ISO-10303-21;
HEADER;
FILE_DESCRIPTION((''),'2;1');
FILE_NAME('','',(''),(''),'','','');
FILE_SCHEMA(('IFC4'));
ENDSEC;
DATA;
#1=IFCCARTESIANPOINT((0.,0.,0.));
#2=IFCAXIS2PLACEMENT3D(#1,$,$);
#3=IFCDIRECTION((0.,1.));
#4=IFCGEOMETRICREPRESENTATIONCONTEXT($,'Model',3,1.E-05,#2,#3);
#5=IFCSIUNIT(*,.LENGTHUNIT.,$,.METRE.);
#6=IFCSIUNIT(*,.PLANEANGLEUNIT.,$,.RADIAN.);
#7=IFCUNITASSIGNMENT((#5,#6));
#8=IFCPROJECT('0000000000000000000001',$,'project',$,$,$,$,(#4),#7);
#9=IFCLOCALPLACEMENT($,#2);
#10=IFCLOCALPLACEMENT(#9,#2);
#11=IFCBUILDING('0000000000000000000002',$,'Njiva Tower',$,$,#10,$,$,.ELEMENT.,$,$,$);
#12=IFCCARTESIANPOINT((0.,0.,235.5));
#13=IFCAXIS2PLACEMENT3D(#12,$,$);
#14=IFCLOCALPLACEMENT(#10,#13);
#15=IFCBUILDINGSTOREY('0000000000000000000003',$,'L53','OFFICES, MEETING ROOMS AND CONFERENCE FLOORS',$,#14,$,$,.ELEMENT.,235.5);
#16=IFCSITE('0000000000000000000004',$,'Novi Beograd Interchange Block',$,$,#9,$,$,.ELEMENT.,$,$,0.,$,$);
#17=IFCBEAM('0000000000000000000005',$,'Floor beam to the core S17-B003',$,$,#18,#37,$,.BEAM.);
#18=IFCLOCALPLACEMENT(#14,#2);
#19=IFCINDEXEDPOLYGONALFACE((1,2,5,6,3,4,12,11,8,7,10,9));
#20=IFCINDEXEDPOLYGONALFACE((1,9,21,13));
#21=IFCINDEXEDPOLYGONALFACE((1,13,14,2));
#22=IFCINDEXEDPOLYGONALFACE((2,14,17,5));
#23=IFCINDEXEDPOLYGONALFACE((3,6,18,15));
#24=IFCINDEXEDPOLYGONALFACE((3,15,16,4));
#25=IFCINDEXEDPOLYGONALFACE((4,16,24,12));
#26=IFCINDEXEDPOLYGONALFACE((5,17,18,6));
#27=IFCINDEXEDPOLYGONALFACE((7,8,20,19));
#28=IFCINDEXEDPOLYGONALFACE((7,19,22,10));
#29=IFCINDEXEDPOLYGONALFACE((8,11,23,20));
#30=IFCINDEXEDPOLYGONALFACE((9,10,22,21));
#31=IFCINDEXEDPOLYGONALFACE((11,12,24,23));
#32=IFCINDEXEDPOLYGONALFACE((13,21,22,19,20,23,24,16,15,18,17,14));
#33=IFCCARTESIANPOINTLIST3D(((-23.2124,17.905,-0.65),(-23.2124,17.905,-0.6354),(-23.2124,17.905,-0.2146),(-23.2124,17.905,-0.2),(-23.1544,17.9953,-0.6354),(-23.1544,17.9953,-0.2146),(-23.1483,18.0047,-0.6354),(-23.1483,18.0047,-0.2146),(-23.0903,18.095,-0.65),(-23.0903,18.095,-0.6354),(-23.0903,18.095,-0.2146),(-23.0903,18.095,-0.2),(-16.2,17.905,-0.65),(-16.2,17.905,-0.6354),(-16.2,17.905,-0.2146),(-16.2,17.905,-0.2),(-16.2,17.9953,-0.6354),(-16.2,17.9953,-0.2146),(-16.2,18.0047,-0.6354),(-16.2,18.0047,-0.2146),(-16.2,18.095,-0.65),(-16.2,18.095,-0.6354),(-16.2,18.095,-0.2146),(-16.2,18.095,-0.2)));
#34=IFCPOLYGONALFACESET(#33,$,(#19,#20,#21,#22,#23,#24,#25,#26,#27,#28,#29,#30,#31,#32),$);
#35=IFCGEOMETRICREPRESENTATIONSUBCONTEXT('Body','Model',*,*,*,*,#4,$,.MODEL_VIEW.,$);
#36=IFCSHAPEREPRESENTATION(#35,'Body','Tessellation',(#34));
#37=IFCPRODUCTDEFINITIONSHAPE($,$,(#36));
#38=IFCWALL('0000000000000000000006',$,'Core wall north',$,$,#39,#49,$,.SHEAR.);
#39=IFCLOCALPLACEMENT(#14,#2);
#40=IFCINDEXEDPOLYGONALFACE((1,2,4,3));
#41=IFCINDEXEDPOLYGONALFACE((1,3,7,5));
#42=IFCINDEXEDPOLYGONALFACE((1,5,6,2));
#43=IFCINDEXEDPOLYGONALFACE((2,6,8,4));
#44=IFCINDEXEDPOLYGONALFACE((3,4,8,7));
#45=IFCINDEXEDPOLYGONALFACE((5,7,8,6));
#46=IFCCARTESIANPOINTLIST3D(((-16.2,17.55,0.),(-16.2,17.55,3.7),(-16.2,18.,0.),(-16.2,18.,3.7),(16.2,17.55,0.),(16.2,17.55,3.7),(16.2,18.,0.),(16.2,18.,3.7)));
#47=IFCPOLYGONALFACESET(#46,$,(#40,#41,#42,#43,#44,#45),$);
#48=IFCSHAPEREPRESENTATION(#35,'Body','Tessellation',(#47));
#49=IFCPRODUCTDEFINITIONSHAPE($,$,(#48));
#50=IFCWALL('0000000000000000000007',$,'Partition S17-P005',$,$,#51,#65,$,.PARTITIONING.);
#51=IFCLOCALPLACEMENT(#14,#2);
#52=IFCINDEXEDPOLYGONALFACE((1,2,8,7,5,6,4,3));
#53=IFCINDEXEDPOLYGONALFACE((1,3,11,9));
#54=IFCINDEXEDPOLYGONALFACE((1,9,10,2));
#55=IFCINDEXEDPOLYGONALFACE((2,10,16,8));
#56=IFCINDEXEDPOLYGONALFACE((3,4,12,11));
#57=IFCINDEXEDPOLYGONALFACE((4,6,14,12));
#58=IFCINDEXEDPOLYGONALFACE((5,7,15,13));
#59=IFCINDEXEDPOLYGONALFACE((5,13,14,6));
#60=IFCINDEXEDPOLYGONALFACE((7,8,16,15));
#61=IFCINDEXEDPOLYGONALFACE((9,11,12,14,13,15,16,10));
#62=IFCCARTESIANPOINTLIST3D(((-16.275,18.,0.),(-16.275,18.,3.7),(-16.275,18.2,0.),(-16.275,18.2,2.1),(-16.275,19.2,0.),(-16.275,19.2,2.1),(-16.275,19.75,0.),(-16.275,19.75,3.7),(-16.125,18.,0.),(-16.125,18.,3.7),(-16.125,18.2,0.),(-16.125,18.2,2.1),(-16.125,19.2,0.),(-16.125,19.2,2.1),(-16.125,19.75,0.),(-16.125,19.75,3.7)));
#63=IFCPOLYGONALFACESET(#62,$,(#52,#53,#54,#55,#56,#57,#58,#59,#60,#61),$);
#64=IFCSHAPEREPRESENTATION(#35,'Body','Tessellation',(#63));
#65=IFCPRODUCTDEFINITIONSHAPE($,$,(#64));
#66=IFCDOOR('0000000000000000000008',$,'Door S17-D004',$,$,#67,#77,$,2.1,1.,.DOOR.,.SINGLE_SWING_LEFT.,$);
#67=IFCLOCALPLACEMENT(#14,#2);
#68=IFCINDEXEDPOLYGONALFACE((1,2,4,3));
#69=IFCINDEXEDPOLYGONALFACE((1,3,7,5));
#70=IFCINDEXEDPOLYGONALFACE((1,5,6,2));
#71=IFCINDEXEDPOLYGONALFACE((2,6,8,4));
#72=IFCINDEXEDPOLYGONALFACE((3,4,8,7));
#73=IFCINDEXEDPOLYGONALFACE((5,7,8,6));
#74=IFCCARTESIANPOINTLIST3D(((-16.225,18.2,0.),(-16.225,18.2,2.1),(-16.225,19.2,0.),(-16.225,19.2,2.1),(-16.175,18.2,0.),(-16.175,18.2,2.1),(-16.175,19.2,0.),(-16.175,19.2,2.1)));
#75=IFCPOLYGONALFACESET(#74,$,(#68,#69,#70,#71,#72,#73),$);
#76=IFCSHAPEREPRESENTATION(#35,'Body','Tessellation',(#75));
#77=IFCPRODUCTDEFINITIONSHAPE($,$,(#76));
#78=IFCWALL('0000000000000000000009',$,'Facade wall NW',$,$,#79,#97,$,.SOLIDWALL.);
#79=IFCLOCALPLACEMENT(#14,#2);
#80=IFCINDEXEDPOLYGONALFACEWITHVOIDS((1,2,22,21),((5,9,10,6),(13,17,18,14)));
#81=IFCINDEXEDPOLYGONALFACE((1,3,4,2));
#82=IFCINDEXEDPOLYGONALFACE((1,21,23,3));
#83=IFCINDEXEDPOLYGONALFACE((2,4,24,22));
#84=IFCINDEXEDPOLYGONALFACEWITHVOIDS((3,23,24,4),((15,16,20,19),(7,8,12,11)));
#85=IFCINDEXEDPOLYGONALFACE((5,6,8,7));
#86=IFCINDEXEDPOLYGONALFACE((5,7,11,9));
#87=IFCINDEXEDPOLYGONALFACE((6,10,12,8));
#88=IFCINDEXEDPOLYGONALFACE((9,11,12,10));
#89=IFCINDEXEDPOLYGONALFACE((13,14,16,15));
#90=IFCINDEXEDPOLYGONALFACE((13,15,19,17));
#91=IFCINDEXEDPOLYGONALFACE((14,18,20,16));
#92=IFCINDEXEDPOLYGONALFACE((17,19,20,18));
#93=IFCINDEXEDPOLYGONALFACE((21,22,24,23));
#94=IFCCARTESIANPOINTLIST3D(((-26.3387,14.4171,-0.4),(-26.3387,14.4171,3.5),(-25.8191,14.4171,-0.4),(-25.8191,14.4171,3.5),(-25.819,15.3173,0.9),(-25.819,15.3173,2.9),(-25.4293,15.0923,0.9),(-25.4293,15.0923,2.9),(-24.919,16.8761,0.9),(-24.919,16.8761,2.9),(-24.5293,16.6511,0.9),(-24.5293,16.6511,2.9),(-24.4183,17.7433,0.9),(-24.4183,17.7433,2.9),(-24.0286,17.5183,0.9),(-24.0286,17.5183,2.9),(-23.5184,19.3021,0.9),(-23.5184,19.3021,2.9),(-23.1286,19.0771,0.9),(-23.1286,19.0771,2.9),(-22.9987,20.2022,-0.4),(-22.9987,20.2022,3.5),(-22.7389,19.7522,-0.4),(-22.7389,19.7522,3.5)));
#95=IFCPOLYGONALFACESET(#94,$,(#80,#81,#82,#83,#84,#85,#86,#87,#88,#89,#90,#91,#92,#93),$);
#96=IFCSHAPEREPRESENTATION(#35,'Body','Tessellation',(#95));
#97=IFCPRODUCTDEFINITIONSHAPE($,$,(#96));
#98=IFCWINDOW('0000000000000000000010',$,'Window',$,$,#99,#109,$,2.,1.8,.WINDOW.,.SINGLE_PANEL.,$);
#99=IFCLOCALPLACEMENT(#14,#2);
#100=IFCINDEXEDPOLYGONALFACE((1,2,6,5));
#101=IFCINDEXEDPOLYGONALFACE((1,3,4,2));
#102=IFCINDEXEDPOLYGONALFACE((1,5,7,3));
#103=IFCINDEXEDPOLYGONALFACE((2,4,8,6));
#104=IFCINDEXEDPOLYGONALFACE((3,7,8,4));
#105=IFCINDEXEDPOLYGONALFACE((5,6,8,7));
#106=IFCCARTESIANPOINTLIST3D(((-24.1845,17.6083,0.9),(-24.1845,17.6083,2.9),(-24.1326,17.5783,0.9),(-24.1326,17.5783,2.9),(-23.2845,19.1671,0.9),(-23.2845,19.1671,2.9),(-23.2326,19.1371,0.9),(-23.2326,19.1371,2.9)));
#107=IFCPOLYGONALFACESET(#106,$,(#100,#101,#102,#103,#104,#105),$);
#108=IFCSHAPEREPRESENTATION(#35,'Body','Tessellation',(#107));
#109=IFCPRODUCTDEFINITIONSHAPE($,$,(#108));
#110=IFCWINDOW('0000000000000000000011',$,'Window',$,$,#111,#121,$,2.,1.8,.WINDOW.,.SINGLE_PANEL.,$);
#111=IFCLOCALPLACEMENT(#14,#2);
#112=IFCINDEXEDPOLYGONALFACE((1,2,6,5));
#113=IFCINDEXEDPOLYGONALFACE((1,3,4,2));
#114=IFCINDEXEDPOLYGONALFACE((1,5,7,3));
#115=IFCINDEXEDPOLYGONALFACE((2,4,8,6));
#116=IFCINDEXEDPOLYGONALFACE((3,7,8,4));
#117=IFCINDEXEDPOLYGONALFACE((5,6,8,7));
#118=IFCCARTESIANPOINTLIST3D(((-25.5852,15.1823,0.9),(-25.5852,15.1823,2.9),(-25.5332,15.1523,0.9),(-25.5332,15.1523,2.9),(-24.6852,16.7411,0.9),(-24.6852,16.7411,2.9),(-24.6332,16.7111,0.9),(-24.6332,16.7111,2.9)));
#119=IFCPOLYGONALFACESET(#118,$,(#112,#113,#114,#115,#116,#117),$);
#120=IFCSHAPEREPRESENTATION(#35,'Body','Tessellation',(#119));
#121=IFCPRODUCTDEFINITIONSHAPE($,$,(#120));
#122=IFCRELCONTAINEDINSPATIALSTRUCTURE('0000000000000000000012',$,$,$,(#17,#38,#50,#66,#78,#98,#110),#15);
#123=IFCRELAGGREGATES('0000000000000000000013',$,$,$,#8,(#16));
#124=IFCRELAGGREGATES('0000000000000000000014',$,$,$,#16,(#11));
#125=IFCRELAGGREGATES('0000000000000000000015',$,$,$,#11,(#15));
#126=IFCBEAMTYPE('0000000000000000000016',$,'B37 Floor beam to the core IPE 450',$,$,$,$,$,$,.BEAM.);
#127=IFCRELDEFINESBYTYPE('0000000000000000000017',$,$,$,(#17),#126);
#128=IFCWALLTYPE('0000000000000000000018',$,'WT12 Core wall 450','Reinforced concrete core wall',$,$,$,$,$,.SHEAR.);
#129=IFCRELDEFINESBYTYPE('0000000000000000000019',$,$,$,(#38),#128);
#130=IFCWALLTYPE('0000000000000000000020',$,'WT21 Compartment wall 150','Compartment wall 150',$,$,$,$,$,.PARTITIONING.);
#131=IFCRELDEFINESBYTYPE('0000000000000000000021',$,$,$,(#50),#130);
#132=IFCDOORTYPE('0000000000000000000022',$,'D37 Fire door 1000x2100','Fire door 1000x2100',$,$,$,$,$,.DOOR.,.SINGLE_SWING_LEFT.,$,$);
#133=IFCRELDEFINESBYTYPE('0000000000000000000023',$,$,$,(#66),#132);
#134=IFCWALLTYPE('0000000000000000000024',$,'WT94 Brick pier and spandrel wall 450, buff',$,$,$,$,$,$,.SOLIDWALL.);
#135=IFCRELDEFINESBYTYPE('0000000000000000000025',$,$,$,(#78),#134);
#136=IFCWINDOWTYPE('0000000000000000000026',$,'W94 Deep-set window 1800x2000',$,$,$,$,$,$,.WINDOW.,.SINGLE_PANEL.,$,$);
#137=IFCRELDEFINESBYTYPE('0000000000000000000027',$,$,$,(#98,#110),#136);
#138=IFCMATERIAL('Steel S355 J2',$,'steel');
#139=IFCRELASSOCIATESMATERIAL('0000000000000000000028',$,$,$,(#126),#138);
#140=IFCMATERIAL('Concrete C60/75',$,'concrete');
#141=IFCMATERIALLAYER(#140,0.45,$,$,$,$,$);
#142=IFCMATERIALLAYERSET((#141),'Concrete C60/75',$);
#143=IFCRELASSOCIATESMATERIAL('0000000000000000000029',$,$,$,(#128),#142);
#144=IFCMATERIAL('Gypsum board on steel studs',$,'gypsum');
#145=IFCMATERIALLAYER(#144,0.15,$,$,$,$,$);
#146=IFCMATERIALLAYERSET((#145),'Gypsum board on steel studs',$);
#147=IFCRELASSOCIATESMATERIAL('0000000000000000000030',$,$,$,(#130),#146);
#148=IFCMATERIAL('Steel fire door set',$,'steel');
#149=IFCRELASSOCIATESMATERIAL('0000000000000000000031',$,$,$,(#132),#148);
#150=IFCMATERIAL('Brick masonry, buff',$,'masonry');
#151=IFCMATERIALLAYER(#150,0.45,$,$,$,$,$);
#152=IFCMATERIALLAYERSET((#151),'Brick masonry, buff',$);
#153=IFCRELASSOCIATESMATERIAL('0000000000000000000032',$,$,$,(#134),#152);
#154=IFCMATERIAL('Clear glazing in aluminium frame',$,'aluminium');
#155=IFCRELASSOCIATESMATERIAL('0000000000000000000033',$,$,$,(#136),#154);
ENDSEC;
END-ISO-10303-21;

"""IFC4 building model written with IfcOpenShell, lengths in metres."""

from ifc_helpers import new_model, si_unit, direction, frame, frame_2d, origin, origin_2d, place, context, subcontext, project, spatial, polyline, rectangle, i_section, outline, extrude, clip, halfspace, material, layer, layer_set, material_profile, profile_set, type_object, element, fill, save


model = new_model("IFC4")

# Units and contexts
model_context = context("Model", 3, precision=1e-05, world=origin(), true_north=direction((0.0, 1.0)))
body_context = subcontext(model_context, "Body", "Model", "MODEL_VIEW")
ifc_project = project(units=[si_unit("LENGTHUNIT", "METRE"), si_unit("PLANEANGLEUNIT", "RADIAN")], contexts=[model_context])

# Site, building, storey
site_placement = place(None, origin())
site = spatial("IfcSite", under=ifc_project, at=site_placement, Name="Novi Beograd Interchange Block", CompositionType="ELEMENT", RefElevation=0.0)
building_placement = place(site_placement, origin())
building = spatial("IfcBuilding", under=site, at=building_placement, Name="Njiva Tower", CompositionType="ELEMENT")
storey_placement = place(building_placement, frame((0.0, 0.0, 235.5)))
storey = spatial("IfcBuildingStorey", under=building, at=storey_placement, Name="L53", Description="OFFICES, MEETING ROOMS AND CONFERENCE FLOORS", CompositionType="ELEMENT", Elevation=235.5)

# Shared definitions
ifc_material_1 = material(Name="Steel S355 J2", Category="steel")

# Beam
ifc_material_profile_1 = material_profile(ifc_material_1, i_section(OverallWidth=0.19, OverallDepth=0.45, WebThickness=0.0094, FlangeThickness=0.0146, at=origin_2d()), Name="IPE 450")
ifc_profile_set_1 = profile_set([ifc_material_profile_1], Name="Steel S355 J2")
beam_type_1 = type_object("IfcBeamType", Name="B37 Floor beam to the core IPE 450", PredefinedType="BEAM", material=ifc_profile_set_1)
beam_1_placement = place(storey_placement, frame((-23.232, 18.0, -0.425), z_axis=(1.0, 0.0, 0.0), x_axis=(0.0, 1.0, 0.0)))
element("IfcBeam", 1, at=beam_1_placement, inside=storey, type_object=beam_type_1, Name="Floor beam to the core S17-B003", PredefinedType="BEAM", context=body_context, shape_type="Clipping", body=[
    clip(extrude(i_section(OverallWidth=0.19, OverallDepth=0.45, WebThickness=0.0094, FlangeThickness=0.0146, at=origin_2d()), origin(), (0.0, 0.0, 1.0), 7.032), halfspace(frame((0.027, 0.0, 0.098), z_axis=(0.540539, 0.0, -0.841319), x_axis=(0.0, -1.0, 0.0)), False)),
])

# Wall
ifc_material_2 = material(Name="Concrete C60/75", Category="concrete")
ifc_layer_1 = layer(ifc_material_2, 0.45)
ifc_layer_set_1 = layer_set([ifc_layer_1], Name="Concrete C60/75")
wall_type_1 = type_object("IfcWallType", Name="WT12 Core wall 450", Description="Reinforced concrete core wall", PredefinedType="SHEAR", material=ifc_layer_set_1)
wall_1_placement = place(storey_placement, frame((-16.2, 17.775, 0.0), z_axis=(0.0, 0.0, 1.0), x_axis=(1.0, 0.0, 0.0)))
element("IfcWall", 2, at=wall_1_placement, inside=storey, type_object=wall_type_1, Name="Core wall north", PredefinedType="SHEAR", context=body_context, shape_type="SweptSolid", body=[
    extrude(rectangle(XDim=32.4, YDim=0.45, at=frame_2d((16.2, 0.0))), origin(), (0.0, 0.0, 1.0), 3.7),
])

# Wall, opening, door
ifc_material_3 = material(Name="Gypsum board on steel studs", Category="gypsum")
ifc_layer_2 = layer(ifc_material_3, 0.15)
ifc_layer_set_2 = layer_set([ifc_layer_2], Name="Gypsum board on steel studs")
wall_type_2 = type_object("IfcWallType", Name="WT21 Compartment wall 150", Description="Compartment wall 150", PredefinedType="PARTITIONING", material=ifc_layer_set_2)
wall_2_placement = place(storey_placement, frame((-16.2, 18.0, 0.0), z_axis=(0.0, 0.0, 1.0), x_axis=(0.0, 1.0, 0.0)))
wall_2 = element("IfcWall", 3, at=wall_2_placement, inside=storey, type_object=wall_type_2, Name="Partition S17-P005", PredefinedType="PARTITIONING", context=body_context, shape_type="SweptSolid", body=[
    extrude(rectangle(XDim=1.75, YDim=0.15, at=frame_2d((0.875, 0.0))), origin(), (0.0, 0.0, 1.0), 3.7),
])
opening_1_placement = place(wall_2_placement, frame((0.2, 0.0, 0.0)))
opening_1 = element("IfcOpeningElement", 4, at=opening_1_placement, cuts=wall_2, PredefinedType="OPENING", context=body_context, shape_type="SweptSolid", body=[
    extrude(rectangle(XDim=1.0, YDim=2.1, at=frame_2d((0.5, 1.05))), frame((0.0, 0.085, 0.0), z_axis=(0.0, -1.0, 0.0), x_axis=(1.0, 0.0, 0.0)), (0.0, 0.0, 1.0), 0.17),
])
ifc_material_4 = material(Name="Steel fire door set", Category="steel")
door_type = type_object("IfcDoorType", Name="D37 Fire door 1000x2100", Description="Fire door 1000x2100", OperationType="SINGLE_SWING_LEFT", PredefinedType="DOOR", material=ifc_material_4)
door_placement = place(opening_1_placement, origin())
door = element("IfcDoor", 5, at=door_placement, inside=storey, type_object=door_type, Name="Door S17-D004", OperationType="SINGLE_SWING_LEFT", OverallHeight=2.1, OverallWidth=1.0, PredefinedType="DOOR", context=body_context, shape_type="SweptSolid", body=[
    extrude(rectangle(XDim=1.0, YDim=2.1, at=frame_2d((0.5, 1.05))), frame((0.0, 0.025, 0.0), z_axis=(0.0, -1.0, 0.0), x_axis=(1.0, 0.0, 0.0)), (0.0, 0.0, 1.0), 0.05),
])
fill(opening_1, door)

# Wall, openings, windows
ifc_material_5 = material(Name="Clear glazing in aluminium frame", Category="aluminium")
ifc_material_6 = material(Name="Brick masonry, buff", Category="masonry")
ifc_layer_3 = layer(ifc_material_6, 0.45)
ifc_layer_set_3 = layer_set([ifc_layer_3], Name="Brick masonry, buff")
wall_type_3 = type_object("IfcWallType", Name="WT94 Brick pier and spandrel wall 450, buff", PredefinedType="SOLIDWALL", material=ifc_layer_set_3)
wall_3_placement = place(storey_placement, frame((-22.8688, 19.9772, -0.4), z_axis=(0.0, 0.0, 1.0), x_axis=(-0.499997, -0.866027, 0.0)))
wall_3 = element("IfcWall", 6, at=wall_3_placement, inside=storey, type_object=wall_type_3, Name="Facade wall NW", PredefinedType="SOLIDWALL", context=body_context, shape_type="SweptSolid", body=[
    extrude(outline(polyline([(-0.1299, -0.225), (6.5501, -0.225), (6.2903, 0.225), (0.1299, 0.225), (-0.1299, -0.225)])), origin(), (0.0, 0.0, 1.0), 3.9),
])
opening_2_placement = place(wall_3_placement, frame((0.9094, 0.0, 1.3)))
opening_2 = element("IfcOpeningElement", 7, at=opening_2_placement, cuts=wall_3, PredefinedType="OPENING", context=body_context, shape_type="SweptSolid", body=[
    extrude(rectangle(XDim=1.8, YDim=2.0, at=frame_2d((0.9, 1.0))), frame((0.0, 0.235, 0.0), z_axis=(0.0, -1.0, 0.0), x_axis=(1.0, 0.0, 0.0)), (0.0, 0.0, 1.0), 0.47),
])
opening_3_placement = place(wall_3_placement, frame((3.7107, 0.0, 1.3)))
opening_3 = element("IfcOpeningElement", 8, at=opening_3_placement, cuts=wall_3, PredefinedType="OPENING", context=body_context, shape_type="SweptSolid", body=[
    extrude(rectangle(XDim=1.8, YDim=2.0, at=frame_2d((0.9, 1.0))), frame((0.0, 0.235, 0.0), z_axis=(0.0, -1.0, 0.0), x_axis=(1.0, 0.0, 0.0)), (0.0, 0.0, 1.0), 0.47),
])
window_type_1 = type_object("IfcWindowType", Name="W94 Deep-set window 1800x2000", PartitioningType="SINGLE_PANEL", PredefinedType="WINDOW", material=ifc_material_5)
window_1_placement = place(opening_2_placement, origin())
window_1 = element("IfcWindow", 9, at=window_1_placement, inside=storey, type_object=window_type_1, Name="Window", OverallHeight=2.0, OverallWidth=1.8, PartitioningType="SINGLE_PANEL", PredefinedType="WINDOW", context=body_context, shape_type="SweptSolid", body=[
    extrude(rectangle(XDim=1.8, YDim=2.0, at=frame_2d((0.9, 1.0))), frame((0.0, 0.105, 0.0), z_axis=(0.0, -1.0, 0.0), x_axis=(1.0, 0.0, 0.0)), (0.0, 0.0, 1.0), 0.06),
])
fill(opening_2, window_1)
window_2_placement = place(opening_3_placement, origin())
window_2 = element("IfcWindow", 10, at=window_2_placement, inside=storey, type_object=window_type_1, Name="Window", OverallHeight=2.0, OverallWidth=1.8, PartitioningType="SINGLE_PANEL", PredefinedType="WINDOW", context=body_context, shape_type="SweptSolid", body=[
    extrude(rectangle(XDim=1.8, YDim=2.0, at=frame_2d((0.9, 1.0))), frame((0.0, 0.105, 0.0), z_axis=(0.0, -1.0, 0.0), x_axis=(1.0, 0.0, 0.0)), (0.0, 0.0, 1.0), 0.06),
])
fill(opening_3, window_2)

save(model, "model.ifc")
